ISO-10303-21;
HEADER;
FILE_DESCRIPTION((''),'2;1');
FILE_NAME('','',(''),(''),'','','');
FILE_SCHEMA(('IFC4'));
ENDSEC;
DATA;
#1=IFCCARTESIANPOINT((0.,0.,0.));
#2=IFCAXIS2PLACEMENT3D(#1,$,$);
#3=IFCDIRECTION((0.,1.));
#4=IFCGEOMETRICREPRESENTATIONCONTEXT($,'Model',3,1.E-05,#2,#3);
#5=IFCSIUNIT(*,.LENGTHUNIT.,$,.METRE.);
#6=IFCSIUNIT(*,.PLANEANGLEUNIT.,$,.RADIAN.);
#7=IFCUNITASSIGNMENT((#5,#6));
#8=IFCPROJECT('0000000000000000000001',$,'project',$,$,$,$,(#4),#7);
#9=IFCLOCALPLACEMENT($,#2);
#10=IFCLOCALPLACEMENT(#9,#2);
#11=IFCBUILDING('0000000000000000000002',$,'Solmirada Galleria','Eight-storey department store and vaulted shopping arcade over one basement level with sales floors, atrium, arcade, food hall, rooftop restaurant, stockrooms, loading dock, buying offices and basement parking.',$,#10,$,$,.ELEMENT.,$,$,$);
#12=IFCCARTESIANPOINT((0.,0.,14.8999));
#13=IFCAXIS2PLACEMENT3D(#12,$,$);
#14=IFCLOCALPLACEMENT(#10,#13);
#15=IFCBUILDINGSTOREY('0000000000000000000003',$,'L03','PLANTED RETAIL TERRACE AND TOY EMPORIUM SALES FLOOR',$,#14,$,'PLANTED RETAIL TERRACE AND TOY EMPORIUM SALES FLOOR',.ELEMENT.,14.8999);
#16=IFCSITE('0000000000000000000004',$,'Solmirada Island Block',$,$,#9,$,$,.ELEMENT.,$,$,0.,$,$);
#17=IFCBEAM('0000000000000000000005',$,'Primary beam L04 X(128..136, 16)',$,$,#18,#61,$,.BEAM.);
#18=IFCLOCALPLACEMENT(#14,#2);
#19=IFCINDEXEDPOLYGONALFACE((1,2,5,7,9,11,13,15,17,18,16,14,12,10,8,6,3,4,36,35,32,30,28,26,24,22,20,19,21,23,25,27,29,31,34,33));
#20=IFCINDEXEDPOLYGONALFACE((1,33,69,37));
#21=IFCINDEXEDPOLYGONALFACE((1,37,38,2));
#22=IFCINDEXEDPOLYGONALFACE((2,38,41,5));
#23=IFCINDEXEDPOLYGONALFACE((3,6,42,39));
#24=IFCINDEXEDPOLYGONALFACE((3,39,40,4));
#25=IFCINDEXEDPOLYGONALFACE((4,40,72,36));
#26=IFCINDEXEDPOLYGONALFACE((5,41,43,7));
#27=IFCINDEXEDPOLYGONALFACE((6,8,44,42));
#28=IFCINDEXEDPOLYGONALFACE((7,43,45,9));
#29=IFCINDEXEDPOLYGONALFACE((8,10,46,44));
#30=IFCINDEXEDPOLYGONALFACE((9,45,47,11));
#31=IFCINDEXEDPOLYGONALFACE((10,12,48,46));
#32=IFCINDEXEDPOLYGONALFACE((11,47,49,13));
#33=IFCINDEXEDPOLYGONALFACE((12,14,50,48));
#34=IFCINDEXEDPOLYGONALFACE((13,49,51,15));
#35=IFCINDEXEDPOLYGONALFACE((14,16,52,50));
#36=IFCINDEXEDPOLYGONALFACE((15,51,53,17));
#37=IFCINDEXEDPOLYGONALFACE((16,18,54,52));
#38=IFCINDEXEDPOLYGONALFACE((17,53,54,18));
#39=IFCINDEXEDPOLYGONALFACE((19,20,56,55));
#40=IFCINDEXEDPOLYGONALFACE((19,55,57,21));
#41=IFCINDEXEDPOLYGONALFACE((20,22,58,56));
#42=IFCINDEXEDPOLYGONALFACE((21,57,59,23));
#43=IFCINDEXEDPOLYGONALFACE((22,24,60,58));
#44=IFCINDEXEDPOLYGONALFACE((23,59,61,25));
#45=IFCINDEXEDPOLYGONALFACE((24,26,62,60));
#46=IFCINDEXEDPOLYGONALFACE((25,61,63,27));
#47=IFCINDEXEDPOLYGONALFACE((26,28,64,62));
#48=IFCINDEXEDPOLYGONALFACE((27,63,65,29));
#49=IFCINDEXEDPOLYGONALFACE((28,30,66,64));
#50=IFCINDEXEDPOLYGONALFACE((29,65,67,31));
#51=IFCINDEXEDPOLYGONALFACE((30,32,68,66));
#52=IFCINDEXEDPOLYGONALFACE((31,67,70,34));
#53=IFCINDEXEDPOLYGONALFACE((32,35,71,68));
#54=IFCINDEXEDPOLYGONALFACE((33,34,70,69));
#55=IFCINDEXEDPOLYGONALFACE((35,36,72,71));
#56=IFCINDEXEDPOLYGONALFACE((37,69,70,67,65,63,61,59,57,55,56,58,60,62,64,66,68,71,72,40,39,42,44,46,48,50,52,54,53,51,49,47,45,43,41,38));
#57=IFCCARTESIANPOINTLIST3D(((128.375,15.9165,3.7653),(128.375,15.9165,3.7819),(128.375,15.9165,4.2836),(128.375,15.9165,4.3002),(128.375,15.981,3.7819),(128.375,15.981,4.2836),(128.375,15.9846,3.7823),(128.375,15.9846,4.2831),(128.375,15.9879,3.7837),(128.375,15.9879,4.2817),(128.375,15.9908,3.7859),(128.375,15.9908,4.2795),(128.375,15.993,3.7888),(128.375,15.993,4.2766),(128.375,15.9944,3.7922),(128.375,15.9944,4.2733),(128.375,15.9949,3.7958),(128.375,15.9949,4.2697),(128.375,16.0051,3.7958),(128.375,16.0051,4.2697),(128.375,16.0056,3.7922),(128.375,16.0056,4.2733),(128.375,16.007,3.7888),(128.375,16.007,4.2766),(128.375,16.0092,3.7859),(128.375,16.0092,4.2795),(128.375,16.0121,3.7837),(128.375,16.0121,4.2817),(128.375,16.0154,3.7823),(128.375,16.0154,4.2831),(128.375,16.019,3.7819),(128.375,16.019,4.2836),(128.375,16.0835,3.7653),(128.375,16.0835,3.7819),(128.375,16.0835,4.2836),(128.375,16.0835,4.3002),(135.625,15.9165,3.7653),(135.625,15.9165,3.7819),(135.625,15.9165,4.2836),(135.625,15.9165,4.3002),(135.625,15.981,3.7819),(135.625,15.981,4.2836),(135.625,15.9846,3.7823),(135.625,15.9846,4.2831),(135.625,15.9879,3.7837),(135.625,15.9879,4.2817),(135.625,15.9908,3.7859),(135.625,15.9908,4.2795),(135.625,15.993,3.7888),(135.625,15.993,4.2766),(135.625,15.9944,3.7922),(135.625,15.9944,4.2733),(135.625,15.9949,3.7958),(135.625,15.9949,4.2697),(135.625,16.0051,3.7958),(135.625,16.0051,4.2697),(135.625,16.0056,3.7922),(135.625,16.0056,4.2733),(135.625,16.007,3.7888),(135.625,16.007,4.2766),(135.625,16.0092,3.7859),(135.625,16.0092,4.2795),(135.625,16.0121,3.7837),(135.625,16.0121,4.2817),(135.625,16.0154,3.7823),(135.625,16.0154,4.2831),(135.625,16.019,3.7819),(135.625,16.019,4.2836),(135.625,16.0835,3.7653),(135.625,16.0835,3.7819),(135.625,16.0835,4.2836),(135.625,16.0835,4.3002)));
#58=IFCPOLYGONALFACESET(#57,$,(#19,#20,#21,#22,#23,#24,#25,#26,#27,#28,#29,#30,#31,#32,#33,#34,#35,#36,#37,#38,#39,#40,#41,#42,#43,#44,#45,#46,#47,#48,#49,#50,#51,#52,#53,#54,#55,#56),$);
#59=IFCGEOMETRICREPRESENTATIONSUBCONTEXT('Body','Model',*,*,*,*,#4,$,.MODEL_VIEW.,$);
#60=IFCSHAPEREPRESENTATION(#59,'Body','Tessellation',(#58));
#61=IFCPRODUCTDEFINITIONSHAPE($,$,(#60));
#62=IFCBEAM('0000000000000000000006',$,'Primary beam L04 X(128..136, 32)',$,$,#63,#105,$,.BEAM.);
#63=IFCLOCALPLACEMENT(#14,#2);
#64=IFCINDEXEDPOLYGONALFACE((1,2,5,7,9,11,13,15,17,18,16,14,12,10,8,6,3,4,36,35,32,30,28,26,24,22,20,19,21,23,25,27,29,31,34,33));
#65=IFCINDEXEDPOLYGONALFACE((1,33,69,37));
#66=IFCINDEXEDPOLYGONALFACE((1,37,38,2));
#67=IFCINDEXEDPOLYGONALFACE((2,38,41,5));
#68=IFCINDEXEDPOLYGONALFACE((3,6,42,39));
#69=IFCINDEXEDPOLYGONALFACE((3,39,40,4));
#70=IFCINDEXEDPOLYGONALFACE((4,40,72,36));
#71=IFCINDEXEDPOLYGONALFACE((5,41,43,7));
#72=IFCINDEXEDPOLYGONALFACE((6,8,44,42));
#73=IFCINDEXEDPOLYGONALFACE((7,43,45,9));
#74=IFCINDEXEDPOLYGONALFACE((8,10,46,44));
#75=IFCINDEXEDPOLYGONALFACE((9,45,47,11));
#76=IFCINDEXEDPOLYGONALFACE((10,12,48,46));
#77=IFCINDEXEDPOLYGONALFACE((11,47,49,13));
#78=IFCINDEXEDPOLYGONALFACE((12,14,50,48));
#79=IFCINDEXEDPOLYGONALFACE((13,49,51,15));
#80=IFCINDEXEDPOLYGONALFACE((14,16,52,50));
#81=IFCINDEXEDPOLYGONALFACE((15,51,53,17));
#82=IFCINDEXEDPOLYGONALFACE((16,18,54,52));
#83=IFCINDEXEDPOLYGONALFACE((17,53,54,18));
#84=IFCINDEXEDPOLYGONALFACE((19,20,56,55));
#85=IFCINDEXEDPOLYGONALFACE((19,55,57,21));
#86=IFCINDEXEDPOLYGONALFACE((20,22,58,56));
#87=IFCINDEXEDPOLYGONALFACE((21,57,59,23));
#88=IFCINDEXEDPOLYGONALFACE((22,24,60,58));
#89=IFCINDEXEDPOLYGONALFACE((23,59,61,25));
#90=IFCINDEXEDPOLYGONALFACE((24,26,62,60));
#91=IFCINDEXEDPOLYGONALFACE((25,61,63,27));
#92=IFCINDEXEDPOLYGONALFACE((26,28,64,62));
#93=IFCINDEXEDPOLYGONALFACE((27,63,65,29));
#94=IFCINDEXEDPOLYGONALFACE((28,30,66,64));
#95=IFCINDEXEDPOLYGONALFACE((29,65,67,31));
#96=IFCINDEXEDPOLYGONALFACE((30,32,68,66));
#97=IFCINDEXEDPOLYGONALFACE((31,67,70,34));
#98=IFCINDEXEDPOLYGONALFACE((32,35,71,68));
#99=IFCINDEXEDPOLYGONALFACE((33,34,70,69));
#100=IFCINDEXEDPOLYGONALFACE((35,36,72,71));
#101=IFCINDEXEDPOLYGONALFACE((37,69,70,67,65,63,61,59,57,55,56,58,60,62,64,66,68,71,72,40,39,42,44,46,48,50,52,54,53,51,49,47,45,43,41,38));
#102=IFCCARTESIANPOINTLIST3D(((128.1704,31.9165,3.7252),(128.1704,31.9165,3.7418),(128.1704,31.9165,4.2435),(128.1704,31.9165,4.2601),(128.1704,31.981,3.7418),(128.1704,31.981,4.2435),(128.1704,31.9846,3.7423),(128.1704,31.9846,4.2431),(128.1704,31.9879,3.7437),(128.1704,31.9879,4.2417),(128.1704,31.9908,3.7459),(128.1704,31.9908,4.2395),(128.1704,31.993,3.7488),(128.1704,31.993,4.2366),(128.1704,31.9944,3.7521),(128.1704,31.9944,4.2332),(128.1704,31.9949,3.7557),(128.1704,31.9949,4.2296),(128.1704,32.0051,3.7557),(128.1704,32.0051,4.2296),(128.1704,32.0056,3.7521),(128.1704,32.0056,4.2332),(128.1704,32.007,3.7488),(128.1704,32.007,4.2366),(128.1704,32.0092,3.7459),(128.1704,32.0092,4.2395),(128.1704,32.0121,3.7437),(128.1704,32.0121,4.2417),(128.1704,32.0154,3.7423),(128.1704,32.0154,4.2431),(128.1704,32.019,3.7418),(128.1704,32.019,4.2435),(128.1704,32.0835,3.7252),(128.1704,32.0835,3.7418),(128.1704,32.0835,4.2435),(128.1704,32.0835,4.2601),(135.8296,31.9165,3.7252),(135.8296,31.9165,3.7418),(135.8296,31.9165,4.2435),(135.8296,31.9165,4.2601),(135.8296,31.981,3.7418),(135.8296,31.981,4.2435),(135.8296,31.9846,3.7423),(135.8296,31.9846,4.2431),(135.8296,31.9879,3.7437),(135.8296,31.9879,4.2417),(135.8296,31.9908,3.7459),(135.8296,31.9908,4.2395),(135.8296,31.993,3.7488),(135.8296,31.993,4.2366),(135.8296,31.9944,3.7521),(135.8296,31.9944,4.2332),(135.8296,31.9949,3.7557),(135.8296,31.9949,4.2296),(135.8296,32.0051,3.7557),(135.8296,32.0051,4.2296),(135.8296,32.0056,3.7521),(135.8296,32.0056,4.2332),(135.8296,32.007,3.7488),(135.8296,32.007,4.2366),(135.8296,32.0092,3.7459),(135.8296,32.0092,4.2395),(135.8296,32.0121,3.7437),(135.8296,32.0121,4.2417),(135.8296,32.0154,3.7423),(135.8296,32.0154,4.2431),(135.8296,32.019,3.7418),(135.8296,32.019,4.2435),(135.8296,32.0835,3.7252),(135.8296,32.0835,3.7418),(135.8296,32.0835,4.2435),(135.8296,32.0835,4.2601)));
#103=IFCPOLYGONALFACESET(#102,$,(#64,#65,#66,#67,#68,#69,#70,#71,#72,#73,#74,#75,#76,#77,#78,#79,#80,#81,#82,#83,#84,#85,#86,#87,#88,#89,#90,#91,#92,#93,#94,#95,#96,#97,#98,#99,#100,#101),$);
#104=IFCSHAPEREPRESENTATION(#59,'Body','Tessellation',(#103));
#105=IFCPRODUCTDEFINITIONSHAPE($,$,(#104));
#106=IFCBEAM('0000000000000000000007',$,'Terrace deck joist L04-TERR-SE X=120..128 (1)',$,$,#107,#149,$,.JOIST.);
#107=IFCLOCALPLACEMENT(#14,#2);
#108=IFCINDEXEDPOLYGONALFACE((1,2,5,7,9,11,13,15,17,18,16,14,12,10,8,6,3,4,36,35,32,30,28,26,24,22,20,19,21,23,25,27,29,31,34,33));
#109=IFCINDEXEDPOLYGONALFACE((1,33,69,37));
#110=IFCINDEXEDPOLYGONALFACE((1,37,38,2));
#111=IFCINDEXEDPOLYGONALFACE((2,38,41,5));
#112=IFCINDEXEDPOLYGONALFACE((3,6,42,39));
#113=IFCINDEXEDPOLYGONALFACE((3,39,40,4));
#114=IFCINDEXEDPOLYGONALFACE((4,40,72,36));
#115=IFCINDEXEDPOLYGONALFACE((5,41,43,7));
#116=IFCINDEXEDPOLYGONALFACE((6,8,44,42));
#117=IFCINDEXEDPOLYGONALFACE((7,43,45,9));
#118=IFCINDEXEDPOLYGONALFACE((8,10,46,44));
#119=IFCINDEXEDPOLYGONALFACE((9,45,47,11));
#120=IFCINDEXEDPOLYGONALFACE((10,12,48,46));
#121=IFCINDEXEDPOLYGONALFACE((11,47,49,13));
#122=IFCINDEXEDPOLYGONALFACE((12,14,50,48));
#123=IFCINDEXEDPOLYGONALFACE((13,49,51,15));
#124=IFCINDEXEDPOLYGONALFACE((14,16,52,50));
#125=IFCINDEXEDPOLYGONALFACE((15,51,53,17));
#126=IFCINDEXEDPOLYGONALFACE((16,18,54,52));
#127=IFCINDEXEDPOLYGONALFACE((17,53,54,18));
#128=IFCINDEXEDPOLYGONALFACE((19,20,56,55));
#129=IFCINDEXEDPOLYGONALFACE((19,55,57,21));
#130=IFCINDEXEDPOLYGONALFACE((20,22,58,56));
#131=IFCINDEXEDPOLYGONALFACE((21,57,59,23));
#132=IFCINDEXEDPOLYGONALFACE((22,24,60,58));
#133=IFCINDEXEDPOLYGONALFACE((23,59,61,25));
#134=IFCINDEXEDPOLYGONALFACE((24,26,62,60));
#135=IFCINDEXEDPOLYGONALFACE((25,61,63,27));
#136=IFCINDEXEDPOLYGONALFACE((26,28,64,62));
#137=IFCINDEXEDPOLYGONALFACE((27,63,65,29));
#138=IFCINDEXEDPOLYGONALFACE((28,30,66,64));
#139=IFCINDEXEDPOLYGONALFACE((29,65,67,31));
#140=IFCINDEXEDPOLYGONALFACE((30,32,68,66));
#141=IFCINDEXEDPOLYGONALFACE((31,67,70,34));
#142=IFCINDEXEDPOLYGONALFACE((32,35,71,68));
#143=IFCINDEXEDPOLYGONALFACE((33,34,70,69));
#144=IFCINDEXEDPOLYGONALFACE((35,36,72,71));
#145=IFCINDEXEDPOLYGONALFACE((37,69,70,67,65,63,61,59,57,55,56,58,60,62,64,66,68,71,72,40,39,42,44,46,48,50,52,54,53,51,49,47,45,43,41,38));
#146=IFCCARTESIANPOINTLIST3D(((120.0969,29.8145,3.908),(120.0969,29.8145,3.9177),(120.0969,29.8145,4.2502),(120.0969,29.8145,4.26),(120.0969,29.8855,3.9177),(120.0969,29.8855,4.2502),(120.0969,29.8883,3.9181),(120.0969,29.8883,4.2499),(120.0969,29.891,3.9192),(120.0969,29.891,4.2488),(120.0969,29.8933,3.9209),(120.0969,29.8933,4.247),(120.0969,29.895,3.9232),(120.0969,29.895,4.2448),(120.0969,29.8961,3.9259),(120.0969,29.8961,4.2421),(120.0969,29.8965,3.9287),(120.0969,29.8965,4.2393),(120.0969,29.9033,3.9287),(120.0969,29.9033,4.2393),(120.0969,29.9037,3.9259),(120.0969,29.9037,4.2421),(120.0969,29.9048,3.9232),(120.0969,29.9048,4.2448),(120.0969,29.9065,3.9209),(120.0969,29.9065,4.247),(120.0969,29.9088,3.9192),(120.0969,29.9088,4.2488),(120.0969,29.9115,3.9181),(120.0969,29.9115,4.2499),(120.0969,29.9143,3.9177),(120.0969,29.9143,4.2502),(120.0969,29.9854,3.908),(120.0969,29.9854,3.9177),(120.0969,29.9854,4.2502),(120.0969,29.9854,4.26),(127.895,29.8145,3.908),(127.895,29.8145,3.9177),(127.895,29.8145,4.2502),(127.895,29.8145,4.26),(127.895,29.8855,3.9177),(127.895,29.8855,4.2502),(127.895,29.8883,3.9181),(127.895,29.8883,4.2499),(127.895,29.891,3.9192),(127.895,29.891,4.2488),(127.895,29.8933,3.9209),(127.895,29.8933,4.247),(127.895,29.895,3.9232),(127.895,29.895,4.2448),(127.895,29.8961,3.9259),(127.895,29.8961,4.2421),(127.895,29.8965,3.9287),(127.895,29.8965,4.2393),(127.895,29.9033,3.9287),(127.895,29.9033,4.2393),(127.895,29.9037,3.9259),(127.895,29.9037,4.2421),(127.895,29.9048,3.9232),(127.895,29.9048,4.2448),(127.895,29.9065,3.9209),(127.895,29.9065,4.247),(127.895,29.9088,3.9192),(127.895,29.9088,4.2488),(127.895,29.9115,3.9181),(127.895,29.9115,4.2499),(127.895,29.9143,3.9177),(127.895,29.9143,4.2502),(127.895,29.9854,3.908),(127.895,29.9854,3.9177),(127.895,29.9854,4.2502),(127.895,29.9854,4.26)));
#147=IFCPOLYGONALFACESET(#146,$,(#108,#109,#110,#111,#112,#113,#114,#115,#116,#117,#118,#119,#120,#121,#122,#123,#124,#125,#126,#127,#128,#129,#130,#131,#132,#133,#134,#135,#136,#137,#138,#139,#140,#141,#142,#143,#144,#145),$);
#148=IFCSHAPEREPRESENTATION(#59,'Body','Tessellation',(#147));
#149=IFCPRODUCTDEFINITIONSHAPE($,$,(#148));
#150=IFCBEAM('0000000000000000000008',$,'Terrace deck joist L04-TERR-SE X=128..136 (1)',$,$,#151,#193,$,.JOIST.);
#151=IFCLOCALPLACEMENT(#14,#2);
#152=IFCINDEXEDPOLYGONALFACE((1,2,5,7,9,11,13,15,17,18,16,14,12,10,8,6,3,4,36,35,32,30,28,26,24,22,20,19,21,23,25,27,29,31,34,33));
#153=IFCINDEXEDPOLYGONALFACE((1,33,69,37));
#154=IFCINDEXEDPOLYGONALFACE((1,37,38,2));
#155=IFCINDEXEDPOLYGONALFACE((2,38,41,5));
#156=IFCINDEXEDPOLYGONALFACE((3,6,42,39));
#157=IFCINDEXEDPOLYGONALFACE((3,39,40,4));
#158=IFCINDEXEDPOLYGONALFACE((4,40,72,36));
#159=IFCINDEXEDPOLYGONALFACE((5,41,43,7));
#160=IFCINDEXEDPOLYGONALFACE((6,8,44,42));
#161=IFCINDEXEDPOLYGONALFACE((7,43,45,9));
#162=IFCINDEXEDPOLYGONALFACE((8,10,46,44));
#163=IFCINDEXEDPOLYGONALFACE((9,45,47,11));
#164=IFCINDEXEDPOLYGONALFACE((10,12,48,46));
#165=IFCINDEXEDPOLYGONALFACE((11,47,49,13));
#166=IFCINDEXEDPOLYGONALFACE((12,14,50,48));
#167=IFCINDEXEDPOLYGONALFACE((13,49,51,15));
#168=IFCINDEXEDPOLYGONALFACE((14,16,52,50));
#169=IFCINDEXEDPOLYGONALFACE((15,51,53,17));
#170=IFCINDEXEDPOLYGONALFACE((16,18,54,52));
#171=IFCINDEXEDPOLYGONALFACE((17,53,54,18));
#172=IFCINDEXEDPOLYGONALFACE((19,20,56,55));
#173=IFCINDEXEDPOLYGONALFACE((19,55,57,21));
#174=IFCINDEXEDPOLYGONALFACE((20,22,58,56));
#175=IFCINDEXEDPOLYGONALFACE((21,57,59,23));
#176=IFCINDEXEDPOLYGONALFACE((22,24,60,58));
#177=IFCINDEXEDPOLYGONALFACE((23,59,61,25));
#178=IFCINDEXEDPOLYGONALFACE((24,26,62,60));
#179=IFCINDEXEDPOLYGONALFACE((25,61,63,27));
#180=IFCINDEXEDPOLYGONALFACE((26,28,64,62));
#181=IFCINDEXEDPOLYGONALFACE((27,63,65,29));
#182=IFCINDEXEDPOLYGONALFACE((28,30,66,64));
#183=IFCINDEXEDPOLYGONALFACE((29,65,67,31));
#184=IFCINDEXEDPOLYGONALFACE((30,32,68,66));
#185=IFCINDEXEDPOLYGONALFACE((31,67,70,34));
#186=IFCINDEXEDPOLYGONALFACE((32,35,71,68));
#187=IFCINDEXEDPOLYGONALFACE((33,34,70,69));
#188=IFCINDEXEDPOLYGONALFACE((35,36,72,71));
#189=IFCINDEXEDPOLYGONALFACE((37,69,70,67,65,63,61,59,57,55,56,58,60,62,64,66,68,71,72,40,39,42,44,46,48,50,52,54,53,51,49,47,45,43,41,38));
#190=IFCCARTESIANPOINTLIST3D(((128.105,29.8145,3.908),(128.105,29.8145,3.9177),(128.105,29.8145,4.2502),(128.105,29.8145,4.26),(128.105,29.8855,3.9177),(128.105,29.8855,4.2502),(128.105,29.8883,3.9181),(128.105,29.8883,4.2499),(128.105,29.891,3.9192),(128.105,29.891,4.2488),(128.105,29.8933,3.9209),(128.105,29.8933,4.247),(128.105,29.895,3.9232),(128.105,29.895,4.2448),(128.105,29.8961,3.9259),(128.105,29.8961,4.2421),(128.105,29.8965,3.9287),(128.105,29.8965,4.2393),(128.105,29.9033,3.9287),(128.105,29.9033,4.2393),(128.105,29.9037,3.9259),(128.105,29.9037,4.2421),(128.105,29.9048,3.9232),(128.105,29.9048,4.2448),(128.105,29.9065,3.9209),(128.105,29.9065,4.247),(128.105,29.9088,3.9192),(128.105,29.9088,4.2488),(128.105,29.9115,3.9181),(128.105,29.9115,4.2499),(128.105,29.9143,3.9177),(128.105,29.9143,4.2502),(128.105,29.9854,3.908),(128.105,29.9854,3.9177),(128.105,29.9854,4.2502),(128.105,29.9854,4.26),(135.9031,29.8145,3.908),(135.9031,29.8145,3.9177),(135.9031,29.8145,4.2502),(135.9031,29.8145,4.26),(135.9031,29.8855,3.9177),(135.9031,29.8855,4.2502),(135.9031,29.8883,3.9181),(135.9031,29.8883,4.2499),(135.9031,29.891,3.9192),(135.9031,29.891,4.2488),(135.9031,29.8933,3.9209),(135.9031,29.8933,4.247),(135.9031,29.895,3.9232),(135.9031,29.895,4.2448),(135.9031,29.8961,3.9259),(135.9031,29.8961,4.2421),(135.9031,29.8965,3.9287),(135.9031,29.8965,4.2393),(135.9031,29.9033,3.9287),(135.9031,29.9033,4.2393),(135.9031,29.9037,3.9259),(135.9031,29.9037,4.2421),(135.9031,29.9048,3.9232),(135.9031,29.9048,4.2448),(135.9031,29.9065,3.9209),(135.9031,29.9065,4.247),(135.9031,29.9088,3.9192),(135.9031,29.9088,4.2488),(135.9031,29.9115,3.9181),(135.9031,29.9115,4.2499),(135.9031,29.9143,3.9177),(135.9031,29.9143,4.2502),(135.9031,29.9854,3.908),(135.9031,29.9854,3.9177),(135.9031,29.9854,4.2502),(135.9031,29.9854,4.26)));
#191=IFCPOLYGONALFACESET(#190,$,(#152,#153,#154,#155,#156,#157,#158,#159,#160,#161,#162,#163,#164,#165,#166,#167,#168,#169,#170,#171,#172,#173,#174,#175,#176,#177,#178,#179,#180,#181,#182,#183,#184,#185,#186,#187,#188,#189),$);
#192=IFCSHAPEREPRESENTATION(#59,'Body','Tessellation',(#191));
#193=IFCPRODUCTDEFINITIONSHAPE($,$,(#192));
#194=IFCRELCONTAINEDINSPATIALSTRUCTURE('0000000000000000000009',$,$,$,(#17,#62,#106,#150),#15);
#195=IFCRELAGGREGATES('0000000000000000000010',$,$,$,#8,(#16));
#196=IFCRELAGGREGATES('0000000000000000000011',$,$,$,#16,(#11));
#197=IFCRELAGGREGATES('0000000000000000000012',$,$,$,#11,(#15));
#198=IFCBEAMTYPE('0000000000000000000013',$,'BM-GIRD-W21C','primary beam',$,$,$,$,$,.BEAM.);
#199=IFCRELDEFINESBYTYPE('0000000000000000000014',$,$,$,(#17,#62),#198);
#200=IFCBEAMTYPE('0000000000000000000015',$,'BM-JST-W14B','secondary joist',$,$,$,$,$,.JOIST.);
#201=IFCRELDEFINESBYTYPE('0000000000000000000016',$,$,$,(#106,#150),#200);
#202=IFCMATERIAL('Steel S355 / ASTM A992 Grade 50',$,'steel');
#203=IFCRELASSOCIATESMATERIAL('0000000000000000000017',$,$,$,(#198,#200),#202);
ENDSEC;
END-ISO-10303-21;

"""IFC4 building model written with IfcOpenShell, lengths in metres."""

from ifc_helpers import new_model, si_unit, direction, frame, origin, origin_2d, place, context, subcontext, project, spatial, i_section, extrude, material, material_profile, profile_set, type_object, element, save


model = new_model("IFC4")

# Units and contexts
model_context = context("Model", 3, precision=1e-05, world=origin(), true_north=direction((0.0, 1.0)))
body_context = subcontext(model_context, "Body", "Model", "MODEL_VIEW")
ifc_project = project(units=[si_unit("LENGTHUNIT", "METRE"), si_unit("PLANEANGLEUNIT", "RADIAN")], contexts=[model_context])

# Site, building, storey
site_placement = place(None, origin())
site = spatial("IfcSite", under=ifc_project, at=site_placement, Name="Solmirada Island Block", CompositionType="ELEMENT", RefElevation=0.0)
building_placement = place(site_placement, origin())
building = spatial("IfcBuilding", under=site, at=building_placement, Name="Solmirada Galleria", Description="Eight-storey department store and vaulted shopping arcade over one basement level with sales floors, atrium, arcade, food hall, rooftop restaurant, stockrooms, loading dock, buying offices and basement parking.", CompositionType="ELEMENT")
storey_placement = place(building_placement, frame((0.0, 0.0, 14.8999)))
storey = spatial("IfcBuildingStorey", under=building, at=storey_placement, Name="L03", Description="PLANTED RETAIL TERRACE AND TOY EMPORIUM SALES FLOOR", LongName="PLANTED RETAIL TERRACE AND TOY EMPORIUM SALES FLOOR", CompositionType="ELEMENT", Elevation=14.8999)

# Beams
ifc_material_1 = material(Name="Steel S355 / ASTM A992 Grade 50", Category="steel")
ifc_material_profile_1 = material_profile(ifc_material_1, i_section(OverallWidth=0.167, OverallDepth=0.5349, WebThickness=0.0103, FlangeThickness=0.0166, FilletRadius=0.0139, at=origin_2d()), Name="W21X57")
ifc_profile_set_1 = profile_set([ifc_material_profile_1], Name="Steel S355 / ASTM A992 Grade 50")
beam_type_1 = type_object("IfcBeamType", Name="BM-GIRD-W21C", Description="primary beam", PredefinedType="BEAM", material=ifc_profile_set_1)
beam_1_placement = place(storey_placement, frame((128.375, 16.0, 4.0327), z_axis=(1.0, 0.0, 0.0), x_axis=(0.0, 1.0, 0.0)))
element("IfcBeam", 1, at=beam_1_placement, inside=storey, type_object=beam_type_1, Name="Primary beam L04 X(128..136, 16)", PredefinedType="BEAM", context=body_context, shape_type="SweptSolid", body=[
    extrude(i_section(OverallWidth=0.167, OverallDepth=0.5349, WebThickness=0.0103, FlangeThickness=0.0166, FilletRadius=0.0139, at=origin_2d()), origin(), (0.0, 0.0, 1.0), 7.25),
])
beam_2_placement = place(storey_placement, frame((128.1704, 32.0, 3.9927), z_axis=(1.0, 0.0, 0.0), x_axis=(0.0, 1.0, 0.0)))
element("IfcBeam", 2, at=beam_2_placement, inside=storey, type_object=beam_type_1, Name="Primary beam L04 X(128..136, 32)", PredefinedType="BEAM", context=body_context, shape_type="SweptSolid", body=[
    extrude(i_section(OverallWidth=0.167, OverallDepth=0.5349, WebThickness=0.0103, FlangeThickness=0.0166, FilletRadius=0.0139, at=origin_2d()), origin(), (0.0, 0.0, 1.0), 7.6592),
])
ifc_material_profile_2 = material_profile(ifc_material_1, i_section(OverallWidth=0.1709, OverallDepth=0.3521, WebThickness=0.0068, FlangeThickness=0.0098, FilletRadius=0.011, at=origin_2d()), Name="W14X30")
ifc_profile_set_2 = profile_set([ifc_material_profile_2], Name="Steel S355 / ASTM A992 Grade 50")
beam_type_2 = type_object("IfcBeamType", Name="BM-JST-W14B", Description="secondary joist", PredefinedType="JOIST", material=ifc_profile_set_2)
for number, where, z_axis, x_axis, name in (
    (3, (120.0969, 29.8999, 4.084), (1.0, 0.0, 0.0), (0.0, 1.0, 0.0), "Terrace deck joist L04-TERR-SE X=120..128 (1)"),
    (4, (128.105, 29.8999, 4.084), (1.0, 0.0, 0.0), (0.0, 1.0, 0.0), "Terrace deck joist L04-TERR-SE X=128..136 (1)"),
):
    element("IfcBeam", number, at=place(storey_placement, frame(where, z_axis=z_axis, x_axis=x_axis)), inside=storey, type_object=beam_type_2, Name=name, PredefinedType="JOIST", context=body_context, shape_type="SweptSolid", body=[
        extrude(i_section(OverallWidth=0.1709, OverallDepth=0.3521, WebThickness=0.0068, FlangeThickness=0.0098, FilletRadius=0.011, at=origin_2d()), origin(), (0.0, 0.0, 1.0), 7.7981),
    ])

save(model, "model.ifc")
